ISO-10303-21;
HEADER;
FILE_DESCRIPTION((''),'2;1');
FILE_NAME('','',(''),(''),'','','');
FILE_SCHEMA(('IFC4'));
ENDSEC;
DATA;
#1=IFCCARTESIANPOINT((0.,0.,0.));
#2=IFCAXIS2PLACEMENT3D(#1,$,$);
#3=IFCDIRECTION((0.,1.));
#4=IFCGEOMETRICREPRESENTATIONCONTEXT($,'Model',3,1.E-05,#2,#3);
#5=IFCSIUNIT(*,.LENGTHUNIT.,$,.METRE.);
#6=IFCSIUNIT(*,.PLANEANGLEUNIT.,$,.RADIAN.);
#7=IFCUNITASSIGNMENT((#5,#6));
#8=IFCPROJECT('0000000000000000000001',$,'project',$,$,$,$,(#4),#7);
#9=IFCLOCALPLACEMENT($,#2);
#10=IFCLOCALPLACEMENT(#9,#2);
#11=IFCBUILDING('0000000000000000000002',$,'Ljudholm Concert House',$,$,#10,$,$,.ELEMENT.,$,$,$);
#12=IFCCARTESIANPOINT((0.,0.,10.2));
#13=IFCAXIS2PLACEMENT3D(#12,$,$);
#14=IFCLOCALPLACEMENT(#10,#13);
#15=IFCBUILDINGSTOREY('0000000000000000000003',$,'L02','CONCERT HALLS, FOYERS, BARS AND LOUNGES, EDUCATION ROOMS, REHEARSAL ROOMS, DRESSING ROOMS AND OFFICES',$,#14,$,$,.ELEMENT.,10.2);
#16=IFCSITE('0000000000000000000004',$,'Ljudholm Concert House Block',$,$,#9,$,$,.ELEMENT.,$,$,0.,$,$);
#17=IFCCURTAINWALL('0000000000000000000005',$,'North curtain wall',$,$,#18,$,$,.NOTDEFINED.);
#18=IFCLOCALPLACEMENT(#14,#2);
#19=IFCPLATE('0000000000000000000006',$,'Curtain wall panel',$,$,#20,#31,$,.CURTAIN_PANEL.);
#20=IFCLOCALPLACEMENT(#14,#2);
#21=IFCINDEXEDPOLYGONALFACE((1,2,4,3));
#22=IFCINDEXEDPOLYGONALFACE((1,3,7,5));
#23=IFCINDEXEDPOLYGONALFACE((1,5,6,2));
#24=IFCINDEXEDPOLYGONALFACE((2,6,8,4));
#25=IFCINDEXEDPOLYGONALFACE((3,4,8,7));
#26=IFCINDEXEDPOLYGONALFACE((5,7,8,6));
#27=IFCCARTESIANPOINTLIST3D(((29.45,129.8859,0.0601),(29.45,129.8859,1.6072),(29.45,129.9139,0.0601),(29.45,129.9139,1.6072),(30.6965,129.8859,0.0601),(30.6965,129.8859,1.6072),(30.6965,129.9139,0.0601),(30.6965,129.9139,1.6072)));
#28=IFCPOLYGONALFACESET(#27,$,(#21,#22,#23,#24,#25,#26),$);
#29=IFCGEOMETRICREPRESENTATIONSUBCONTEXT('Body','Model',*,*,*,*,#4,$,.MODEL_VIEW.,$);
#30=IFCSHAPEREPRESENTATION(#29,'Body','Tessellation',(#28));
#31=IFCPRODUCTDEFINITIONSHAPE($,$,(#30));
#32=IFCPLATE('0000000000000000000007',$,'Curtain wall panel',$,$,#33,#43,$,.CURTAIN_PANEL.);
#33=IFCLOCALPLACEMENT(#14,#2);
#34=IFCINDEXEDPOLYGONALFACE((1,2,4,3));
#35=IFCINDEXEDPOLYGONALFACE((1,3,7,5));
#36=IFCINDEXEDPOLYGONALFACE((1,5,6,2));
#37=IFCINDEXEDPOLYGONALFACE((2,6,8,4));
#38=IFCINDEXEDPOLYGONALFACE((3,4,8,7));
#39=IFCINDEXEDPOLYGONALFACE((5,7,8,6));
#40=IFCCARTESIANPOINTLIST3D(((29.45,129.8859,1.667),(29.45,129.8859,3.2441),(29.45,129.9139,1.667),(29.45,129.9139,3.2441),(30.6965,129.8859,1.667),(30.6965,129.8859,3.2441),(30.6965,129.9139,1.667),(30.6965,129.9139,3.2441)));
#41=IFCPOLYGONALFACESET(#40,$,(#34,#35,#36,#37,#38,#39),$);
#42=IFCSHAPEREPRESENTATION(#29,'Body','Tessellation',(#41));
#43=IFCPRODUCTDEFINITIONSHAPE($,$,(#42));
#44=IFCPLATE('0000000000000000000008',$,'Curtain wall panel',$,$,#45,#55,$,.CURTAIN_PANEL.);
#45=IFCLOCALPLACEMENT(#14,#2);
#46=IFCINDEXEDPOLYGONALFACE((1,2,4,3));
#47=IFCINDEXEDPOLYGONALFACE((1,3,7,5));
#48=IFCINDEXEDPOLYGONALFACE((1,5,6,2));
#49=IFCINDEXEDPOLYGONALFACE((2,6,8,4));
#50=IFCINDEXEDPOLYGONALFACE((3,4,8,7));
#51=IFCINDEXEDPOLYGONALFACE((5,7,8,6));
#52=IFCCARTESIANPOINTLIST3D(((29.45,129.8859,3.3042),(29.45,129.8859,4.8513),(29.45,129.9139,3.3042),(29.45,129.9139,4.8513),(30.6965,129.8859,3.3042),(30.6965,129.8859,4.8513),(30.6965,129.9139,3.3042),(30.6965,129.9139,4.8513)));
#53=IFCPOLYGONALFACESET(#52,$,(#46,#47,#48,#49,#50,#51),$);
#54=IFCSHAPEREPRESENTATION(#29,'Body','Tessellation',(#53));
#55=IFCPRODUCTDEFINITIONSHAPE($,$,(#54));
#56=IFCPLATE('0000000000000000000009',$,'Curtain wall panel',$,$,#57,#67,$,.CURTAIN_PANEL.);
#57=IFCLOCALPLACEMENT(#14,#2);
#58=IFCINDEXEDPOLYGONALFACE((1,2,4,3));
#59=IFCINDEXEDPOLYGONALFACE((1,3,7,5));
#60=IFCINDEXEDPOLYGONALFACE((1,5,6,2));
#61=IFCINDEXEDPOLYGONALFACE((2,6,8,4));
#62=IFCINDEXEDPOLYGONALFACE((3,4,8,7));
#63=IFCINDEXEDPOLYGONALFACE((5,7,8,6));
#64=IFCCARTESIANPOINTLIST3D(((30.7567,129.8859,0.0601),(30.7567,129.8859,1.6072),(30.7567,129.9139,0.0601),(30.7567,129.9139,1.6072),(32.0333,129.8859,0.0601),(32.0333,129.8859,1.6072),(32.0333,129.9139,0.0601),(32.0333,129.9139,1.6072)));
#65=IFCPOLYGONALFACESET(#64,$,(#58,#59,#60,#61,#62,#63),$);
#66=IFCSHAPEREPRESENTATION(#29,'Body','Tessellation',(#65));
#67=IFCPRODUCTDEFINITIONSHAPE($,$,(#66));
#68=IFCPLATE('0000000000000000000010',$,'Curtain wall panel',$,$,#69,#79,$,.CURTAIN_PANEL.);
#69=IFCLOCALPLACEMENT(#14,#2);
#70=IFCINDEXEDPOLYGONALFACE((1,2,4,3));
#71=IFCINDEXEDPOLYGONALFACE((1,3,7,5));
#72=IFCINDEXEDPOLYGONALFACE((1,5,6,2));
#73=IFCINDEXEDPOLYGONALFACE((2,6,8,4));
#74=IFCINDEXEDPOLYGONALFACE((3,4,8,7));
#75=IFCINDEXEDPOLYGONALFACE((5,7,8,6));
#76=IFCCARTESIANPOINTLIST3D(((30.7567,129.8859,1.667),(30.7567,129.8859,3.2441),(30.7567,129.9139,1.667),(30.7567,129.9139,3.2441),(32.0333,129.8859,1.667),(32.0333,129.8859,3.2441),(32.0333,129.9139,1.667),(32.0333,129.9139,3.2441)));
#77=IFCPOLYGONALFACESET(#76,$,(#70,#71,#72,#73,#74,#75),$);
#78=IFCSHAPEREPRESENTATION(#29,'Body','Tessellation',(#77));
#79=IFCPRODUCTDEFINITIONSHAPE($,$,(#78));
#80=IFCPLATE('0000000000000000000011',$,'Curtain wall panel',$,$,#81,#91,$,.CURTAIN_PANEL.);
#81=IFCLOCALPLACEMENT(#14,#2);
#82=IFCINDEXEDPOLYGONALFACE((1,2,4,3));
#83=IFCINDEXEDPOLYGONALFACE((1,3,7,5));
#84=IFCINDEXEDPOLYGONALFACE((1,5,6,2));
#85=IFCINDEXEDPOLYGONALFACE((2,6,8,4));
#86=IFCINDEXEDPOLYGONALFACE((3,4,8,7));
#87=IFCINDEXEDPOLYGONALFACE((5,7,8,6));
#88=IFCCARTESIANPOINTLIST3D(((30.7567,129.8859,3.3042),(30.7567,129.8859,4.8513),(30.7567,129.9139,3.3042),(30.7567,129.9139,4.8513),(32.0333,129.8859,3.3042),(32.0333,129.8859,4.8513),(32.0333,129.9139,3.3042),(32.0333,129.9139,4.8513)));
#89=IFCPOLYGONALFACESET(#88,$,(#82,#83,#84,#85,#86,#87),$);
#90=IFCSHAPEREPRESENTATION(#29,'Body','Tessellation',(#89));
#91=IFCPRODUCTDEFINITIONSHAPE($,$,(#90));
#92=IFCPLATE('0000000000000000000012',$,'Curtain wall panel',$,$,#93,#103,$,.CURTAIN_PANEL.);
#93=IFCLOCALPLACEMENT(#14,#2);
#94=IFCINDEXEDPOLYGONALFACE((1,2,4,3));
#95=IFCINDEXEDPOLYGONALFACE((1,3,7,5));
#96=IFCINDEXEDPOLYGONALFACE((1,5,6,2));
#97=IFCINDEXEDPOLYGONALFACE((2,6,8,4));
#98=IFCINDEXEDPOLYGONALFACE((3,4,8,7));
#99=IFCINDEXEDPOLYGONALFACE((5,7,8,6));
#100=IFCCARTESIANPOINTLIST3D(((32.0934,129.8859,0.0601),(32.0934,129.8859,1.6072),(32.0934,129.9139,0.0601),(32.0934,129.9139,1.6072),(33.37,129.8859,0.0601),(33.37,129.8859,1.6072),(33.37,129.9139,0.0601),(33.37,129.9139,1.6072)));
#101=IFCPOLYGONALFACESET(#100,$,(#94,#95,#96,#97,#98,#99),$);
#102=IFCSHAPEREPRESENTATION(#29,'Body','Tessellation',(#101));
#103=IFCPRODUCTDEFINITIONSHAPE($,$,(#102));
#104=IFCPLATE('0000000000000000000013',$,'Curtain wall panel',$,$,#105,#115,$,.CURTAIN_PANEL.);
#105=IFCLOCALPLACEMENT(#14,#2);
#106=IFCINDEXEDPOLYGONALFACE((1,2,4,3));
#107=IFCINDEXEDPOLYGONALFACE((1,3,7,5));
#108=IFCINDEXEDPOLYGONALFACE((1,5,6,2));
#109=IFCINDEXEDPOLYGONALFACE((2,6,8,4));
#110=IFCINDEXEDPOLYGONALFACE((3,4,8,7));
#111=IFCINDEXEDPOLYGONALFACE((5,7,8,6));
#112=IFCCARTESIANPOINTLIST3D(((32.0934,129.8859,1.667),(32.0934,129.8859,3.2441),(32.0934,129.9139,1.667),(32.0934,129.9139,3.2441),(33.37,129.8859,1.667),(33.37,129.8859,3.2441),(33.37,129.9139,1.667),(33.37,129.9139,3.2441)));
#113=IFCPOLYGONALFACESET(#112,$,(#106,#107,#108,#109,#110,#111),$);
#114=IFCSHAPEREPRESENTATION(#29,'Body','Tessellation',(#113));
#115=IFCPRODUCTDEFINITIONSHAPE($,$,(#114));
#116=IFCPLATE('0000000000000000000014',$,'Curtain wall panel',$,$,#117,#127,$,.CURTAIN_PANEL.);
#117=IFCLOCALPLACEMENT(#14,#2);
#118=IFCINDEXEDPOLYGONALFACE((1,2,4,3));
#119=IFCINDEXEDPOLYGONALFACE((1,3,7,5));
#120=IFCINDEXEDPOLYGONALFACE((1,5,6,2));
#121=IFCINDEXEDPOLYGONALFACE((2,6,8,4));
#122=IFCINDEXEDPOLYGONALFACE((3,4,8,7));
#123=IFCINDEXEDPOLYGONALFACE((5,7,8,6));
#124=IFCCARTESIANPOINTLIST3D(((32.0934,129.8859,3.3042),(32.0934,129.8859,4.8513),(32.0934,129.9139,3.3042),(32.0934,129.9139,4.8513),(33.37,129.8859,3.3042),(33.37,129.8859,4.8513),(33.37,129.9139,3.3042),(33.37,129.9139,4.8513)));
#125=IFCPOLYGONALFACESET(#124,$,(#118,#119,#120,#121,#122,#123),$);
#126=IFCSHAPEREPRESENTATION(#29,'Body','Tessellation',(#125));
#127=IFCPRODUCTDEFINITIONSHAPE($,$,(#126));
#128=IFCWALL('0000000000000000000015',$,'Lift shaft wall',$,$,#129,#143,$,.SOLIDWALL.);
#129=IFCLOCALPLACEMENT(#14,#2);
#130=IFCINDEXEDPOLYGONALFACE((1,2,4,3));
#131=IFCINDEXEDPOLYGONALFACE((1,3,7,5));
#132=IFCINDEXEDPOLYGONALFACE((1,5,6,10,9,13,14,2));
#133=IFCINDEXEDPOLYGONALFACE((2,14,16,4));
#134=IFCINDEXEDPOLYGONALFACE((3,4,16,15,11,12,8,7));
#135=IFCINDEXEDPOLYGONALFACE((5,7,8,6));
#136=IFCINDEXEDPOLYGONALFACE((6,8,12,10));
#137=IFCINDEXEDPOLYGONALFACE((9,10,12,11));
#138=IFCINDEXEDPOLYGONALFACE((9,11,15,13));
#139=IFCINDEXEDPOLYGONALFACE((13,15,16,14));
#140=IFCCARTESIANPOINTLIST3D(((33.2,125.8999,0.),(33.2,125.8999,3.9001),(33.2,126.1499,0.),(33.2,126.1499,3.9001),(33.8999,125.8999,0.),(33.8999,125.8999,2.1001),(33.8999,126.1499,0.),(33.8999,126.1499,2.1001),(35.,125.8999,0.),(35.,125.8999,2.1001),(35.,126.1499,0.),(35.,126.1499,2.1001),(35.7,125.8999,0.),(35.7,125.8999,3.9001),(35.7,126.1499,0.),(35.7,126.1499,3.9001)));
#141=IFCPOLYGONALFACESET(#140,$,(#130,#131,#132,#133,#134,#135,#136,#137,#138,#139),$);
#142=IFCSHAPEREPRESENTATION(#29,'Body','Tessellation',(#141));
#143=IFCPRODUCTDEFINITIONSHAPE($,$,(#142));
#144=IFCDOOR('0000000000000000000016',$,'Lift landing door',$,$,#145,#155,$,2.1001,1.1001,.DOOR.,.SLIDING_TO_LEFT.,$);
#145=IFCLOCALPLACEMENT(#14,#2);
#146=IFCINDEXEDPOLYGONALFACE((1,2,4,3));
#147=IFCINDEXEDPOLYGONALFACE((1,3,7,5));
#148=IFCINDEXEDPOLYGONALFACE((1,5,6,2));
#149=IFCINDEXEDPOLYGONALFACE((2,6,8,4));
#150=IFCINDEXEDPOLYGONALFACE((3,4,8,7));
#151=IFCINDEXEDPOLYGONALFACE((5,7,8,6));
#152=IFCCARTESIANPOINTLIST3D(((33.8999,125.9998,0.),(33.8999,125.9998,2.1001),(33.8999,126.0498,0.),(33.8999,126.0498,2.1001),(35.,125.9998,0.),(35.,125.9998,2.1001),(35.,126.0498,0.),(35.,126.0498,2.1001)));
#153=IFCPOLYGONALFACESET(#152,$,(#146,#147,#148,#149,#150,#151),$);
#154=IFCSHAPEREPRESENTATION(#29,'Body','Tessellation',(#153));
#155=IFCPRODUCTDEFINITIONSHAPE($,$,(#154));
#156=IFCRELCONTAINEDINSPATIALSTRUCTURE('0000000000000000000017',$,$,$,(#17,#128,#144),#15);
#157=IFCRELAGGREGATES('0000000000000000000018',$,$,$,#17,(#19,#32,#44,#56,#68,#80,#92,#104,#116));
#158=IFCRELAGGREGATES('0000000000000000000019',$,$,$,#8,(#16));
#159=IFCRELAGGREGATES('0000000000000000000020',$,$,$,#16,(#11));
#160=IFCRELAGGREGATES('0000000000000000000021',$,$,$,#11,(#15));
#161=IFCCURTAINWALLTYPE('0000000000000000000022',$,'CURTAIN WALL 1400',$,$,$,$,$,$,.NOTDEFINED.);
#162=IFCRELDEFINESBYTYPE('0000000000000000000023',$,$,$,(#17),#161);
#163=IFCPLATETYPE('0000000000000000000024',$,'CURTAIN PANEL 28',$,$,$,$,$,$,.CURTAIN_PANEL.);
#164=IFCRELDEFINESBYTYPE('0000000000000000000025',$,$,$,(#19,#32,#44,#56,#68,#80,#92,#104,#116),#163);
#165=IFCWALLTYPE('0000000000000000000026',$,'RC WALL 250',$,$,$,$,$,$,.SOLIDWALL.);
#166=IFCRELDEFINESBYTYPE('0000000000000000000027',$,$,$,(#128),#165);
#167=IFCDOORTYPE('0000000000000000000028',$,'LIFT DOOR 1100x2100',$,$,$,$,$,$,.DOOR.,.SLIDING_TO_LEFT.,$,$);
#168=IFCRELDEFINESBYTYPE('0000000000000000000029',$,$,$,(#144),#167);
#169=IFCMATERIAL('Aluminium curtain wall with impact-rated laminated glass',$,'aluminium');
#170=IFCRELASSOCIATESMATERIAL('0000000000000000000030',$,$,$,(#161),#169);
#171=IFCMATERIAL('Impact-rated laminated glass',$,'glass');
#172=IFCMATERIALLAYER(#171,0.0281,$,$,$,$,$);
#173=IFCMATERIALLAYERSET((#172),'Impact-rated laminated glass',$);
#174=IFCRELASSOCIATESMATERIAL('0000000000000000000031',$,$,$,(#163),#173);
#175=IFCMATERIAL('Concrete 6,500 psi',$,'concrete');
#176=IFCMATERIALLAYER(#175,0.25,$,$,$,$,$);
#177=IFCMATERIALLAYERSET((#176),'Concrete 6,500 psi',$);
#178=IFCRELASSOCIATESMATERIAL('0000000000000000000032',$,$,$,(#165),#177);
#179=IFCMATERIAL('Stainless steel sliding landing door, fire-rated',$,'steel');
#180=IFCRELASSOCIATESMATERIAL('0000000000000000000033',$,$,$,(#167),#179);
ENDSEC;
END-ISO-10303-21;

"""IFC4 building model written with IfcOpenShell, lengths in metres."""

from ifc_helpers import new_model, si_unit, direction, frame, frame_2d, origin, origin_2d, place, context, subcontext, project, spatial, rectangle, extrude, material, layer, layer_set, type_object, element, fill, aggregate, save


model = new_model("IFC4")

# Units and contexts
model_context = context("Model", 3, precision=1e-05, world=origin(), true_north=direction((0.0, 1.0)))
body_context = subcontext(model_context, "Body", "Model", "MODEL_VIEW")
ifc_project = project(units=[si_unit("LENGTHUNIT", "METRE"), si_unit("PLANEANGLEUNIT", "RADIAN")], contexts=[model_context])

# Site, building, storey
site_placement = place(None, origin())
site = spatial("IfcSite", under=ifc_project, at=site_placement, Name="Ljudholm Concert House Block", CompositionType="ELEMENT", RefElevation=0.0)
building_placement = place(site_placement, origin())
building = spatial("IfcBuilding", under=site, at=building_placement, Name="Ljudholm Concert House", CompositionType="ELEMENT")
storey_placement = place(building_placement, frame((0.0, 0.0, 10.2)))
storey = spatial("IfcBuildingStorey", under=building, at=storey_placement, Name="L02", Description="CONCERT HALLS, FOYERS, BARS AND LOUNGES, EDUCATION ROOMS, REHEARSAL ROOMS, DRESSING ROOMS AND OFFICES", CompositionType="ELEMENT", Elevation=10.2)

# Curtain wall, plates
ifc_material_1 = material(Name="Aluminium curtain wall with impact-rated laminated glass", Category="aluminium")
curtain_wall_type = type_object("IfcCurtainWallType", Name="CURTAIN WALL 1400", PredefinedType="NOTDEFINED", material=ifc_material_1)
curtain_wall_placement = place(storey_placement, origin())
curtain_wall = element("IfcCurtainWall", 1, at=curtain_wall_placement, inside=storey, type_object=curtain_wall_type, Name="North curtain wall", PredefinedType="NOTDEFINED")
ifc_material_2 = material(Name="Impact-rated laminated glass", Category="glass")
ifc_layer_1 = layer(ifc_material_2, 0.0281)
ifc_layer_set_1 = layer_set([ifc_layer_1], Name="Impact-rated laminated glass")
plate_type = type_object("IfcPlateType", Name="CURTAIN PANEL 28", PredefinedType="CURTAIN_PANEL", material=ifc_layer_set_1)
plate_1_placement = place(storey_placement, frame((30.0732, 129.8999, 0.0601), z_axis=(0.0, 0.0, 1.0), x_axis=(1.0, 0.0, 0.0)))
plate_1 = element("IfcPlate", 2, at=plate_1_placement, type_object=plate_type, Name="Curtain wall panel", PredefinedType="CURTAIN_PANEL", context=body_context, shape_type="SweptSolid", body=[
    extrude(rectangle(XDim=1.2466, YDim=0.0281, at=origin_2d()), origin(), (0.0, 0.0, 1.0), 1.5471),
])
plate_2_placement = place(storey_placement, frame((30.0732, 129.8999, 1.667), z_axis=(0.0, 0.0, 1.0), x_axis=(1.0, 0.0, 0.0)))
plate_2 = element("IfcPlate", 3, at=plate_2_placement, type_object=plate_type, Name="Curtain wall panel", PredefinedType="CURTAIN_PANEL", context=body_context, shape_type="SweptSolid", body=[
    extrude(rectangle(XDim=1.2466, YDim=0.0281, at=origin_2d()), origin(), (0.0, 0.0, 1.0), 1.5771),
])
plate_3_placement = place(storey_placement, frame((30.0732, 129.8999, 3.3042), z_axis=(0.0, 0.0, 1.0), x_axis=(1.0, 0.0, 0.0)))
plate_3 = element("IfcPlate", 4, at=plate_3_placement, type_object=plate_type, Name="Curtain wall panel", PredefinedType="CURTAIN_PANEL", context=body_context, shape_type="SweptSolid", body=[
    extrude(rectangle(XDim=1.2466, YDim=0.0281, at=origin_2d()), origin(), (0.0, 0.0, 1.0), 1.5471),
])
plate_4_placement = place(storey_placement, frame((31.395, 129.8999, 0.0601), z_axis=(0.0, 0.0, 1.0), x_axis=(1.0, 0.0, 0.0)))
plate_4 = element("IfcPlate", 5, at=plate_4_placement, type_object=plate_type, Name="Curtain wall panel", PredefinedType="CURTAIN_PANEL", context=body_context, shape_type="SweptSolid", body=[
    extrude(rectangle(XDim=1.2766, YDim=0.0281, at=origin_2d()), origin(), (0.0, 0.0, 1.0), 1.5471),
])
plate_5_placement = place(storey_placement, frame((31.395, 129.8999, 1.667), z_axis=(0.0, 0.0, 1.0), x_axis=(1.0, 0.0, 0.0)))
plate_5 = element("IfcPlate", 6, at=plate_5_placement, type_object=plate_type, Name="Curtain wall panel", PredefinedType="CURTAIN_PANEL", context=body_context, shape_type="SweptSolid", body=[
    extrude(rectangle(XDim=1.2766, YDim=0.0281, at=origin_2d()), origin(), (0.0, 0.0, 1.0), 1.5771),
])
plate_6_placement = place(storey_placement, frame((31.395, 129.8999, 3.3042), z_axis=(0.0, 0.0, 1.0), x_axis=(1.0, 0.0, 0.0)))
plate_6 = element("IfcPlate", 7, at=plate_6_placement, type_object=plate_type, Name="Curtain wall panel", PredefinedType="CURTAIN_PANEL", context=body_context, shape_type="SweptSolid", body=[
    extrude(rectangle(XDim=1.2766, YDim=0.0281, at=origin_2d()), origin(), (0.0, 0.0, 1.0), 1.5471),
])
plate_7_placement = place(storey_placement, frame((32.7317, 129.8999, 0.0601), z_axis=(0.0, 0.0, 1.0), x_axis=(1.0, 0.0, 0.0)))
plate_7 = element("IfcPlate", 8, at=plate_7_placement, type_object=plate_type, Name="Curtain wall panel", PredefinedType="CURTAIN_PANEL", context=body_context, shape_type="SweptSolid", body=[
    extrude(rectangle(XDim=1.2766, YDim=0.0281, at=origin_2d()), origin(), (0.0, 0.0, 1.0), 1.5471),
])
plate_8_placement = place(storey_placement, frame((32.7317, 129.8999, 1.667), z_axis=(0.0, 0.0, 1.0), x_axis=(1.0, 0.0, 0.0)))
plate_8 = element("IfcPlate", 9, at=plate_8_placement, type_object=plate_type, Name="Curtain wall panel", PredefinedType="CURTAIN_PANEL", context=body_context, shape_type="SweptSolid", body=[
    extrude(rectangle(XDim=1.2766, YDim=0.0281, at=origin_2d()), origin(), (0.0, 0.0, 1.0), 1.5771),
])
plate_9_placement = place(storey_placement, frame((32.7317, 129.8999, 3.3042), z_axis=(0.0, 0.0, 1.0), x_axis=(1.0, 0.0, 0.0)))
plate_9 = element("IfcPlate", 10, at=plate_9_placement, type_object=plate_type, Name="Curtain wall panel", PredefinedType="CURTAIN_PANEL", context=body_context, shape_type="SweptSolid", body=[
    extrude(rectangle(XDim=1.2766, YDim=0.0281, at=origin_2d()), origin(), (0.0, 0.0, 1.0), 1.5471),
])
aggregate(curtain_wall, [plate_1, plate_2, plate_3, plate_4, plate_5, plate_6, plate_7, plate_8, plate_9])

# Wall, opening, door
ifc_material_3 = material(Name="Concrete 6,500 psi", Category="concrete")
ifc_layer_2 = layer(ifc_material_3, 0.25)
ifc_layer_set_2 = layer_set([ifc_layer_2], Name="Concrete 6,500 psi")
wall_type = type_object("IfcWallType", Name="RC WALL 250", PredefinedType="SOLIDWALL", material=ifc_layer_set_2)
wall_placement = place(storey_placement, frame((33.2, 126.0249, 0.0), z_axis=(0.0, 0.0, 1.0), x_axis=(1.0, 0.0, 0.0)))
wall = element("IfcWall", 11, at=wall_placement, inside=storey, type_object=wall_type, Name="Lift shaft wall", PredefinedType="SOLIDWALL", context=body_context, shape_type="SweptSolid", body=[
    extrude(rectangle(XDim=2.5, YDim=0.25, at=frame_2d((1.25, 0.0))), origin(), (0.0, 0.0, 1.0), 3.9001),
])
opening_placement = place(wall_placement, frame((0.7, 0.0, 0.0)))
opening = element("IfcOpeningElement", 12, at=opening_placement, cuts=wall, PredefinedType="OPENING", context=body_context, shape_type="SweptSolid", body=[
    extrude(rectangle(XDim=1.1001, YDim=2.1001, at=frame_2d((0.55, 1.05))), frame((0.0, 0.135, 0.0), z_axis=(0.0, -1.0, 0.0), x_axis=(1.0, 0.0, 0.0)), (0.0, 0.0, 1.0), 0.27),
])
ifc_material_4 = material(Name="Stainless steel sliding landing door, fire-rated", Category="steel")
door_type = type_object("IfcDoorType", Name="LIFT DOOR 1100x2100", OperationType="SLIDING_TO_LEFT", PredefinedType="DOOR", material=ifc_material_4)
door_placement = place(opening_placement, origin())
door = element("IfcDoor", 13, at=door_placement, inside=storey, type_object=door_type, Name="Lift landing door", OperationType="SLIDING_TO_LEFT", OverallHeight=2.1001, OverallWidth=1.1001, PredefinedType="DOOR", context=body_context, shape_type="SweptSolid", body=[
    extrude(rectangle(XDim=1.1001, YDim=2.1001, at=frame_2d((0.55, 1.05))), frame((0.0, 0.0249, 0.0), z_axis=(0.0, -1.0, 0.0), x_axis=(1.0, 0.0, 0.0)), (0.0, 0.0, 1.0), 0.05),
])
fill(opening, door)

save(model, "model.ifc")
